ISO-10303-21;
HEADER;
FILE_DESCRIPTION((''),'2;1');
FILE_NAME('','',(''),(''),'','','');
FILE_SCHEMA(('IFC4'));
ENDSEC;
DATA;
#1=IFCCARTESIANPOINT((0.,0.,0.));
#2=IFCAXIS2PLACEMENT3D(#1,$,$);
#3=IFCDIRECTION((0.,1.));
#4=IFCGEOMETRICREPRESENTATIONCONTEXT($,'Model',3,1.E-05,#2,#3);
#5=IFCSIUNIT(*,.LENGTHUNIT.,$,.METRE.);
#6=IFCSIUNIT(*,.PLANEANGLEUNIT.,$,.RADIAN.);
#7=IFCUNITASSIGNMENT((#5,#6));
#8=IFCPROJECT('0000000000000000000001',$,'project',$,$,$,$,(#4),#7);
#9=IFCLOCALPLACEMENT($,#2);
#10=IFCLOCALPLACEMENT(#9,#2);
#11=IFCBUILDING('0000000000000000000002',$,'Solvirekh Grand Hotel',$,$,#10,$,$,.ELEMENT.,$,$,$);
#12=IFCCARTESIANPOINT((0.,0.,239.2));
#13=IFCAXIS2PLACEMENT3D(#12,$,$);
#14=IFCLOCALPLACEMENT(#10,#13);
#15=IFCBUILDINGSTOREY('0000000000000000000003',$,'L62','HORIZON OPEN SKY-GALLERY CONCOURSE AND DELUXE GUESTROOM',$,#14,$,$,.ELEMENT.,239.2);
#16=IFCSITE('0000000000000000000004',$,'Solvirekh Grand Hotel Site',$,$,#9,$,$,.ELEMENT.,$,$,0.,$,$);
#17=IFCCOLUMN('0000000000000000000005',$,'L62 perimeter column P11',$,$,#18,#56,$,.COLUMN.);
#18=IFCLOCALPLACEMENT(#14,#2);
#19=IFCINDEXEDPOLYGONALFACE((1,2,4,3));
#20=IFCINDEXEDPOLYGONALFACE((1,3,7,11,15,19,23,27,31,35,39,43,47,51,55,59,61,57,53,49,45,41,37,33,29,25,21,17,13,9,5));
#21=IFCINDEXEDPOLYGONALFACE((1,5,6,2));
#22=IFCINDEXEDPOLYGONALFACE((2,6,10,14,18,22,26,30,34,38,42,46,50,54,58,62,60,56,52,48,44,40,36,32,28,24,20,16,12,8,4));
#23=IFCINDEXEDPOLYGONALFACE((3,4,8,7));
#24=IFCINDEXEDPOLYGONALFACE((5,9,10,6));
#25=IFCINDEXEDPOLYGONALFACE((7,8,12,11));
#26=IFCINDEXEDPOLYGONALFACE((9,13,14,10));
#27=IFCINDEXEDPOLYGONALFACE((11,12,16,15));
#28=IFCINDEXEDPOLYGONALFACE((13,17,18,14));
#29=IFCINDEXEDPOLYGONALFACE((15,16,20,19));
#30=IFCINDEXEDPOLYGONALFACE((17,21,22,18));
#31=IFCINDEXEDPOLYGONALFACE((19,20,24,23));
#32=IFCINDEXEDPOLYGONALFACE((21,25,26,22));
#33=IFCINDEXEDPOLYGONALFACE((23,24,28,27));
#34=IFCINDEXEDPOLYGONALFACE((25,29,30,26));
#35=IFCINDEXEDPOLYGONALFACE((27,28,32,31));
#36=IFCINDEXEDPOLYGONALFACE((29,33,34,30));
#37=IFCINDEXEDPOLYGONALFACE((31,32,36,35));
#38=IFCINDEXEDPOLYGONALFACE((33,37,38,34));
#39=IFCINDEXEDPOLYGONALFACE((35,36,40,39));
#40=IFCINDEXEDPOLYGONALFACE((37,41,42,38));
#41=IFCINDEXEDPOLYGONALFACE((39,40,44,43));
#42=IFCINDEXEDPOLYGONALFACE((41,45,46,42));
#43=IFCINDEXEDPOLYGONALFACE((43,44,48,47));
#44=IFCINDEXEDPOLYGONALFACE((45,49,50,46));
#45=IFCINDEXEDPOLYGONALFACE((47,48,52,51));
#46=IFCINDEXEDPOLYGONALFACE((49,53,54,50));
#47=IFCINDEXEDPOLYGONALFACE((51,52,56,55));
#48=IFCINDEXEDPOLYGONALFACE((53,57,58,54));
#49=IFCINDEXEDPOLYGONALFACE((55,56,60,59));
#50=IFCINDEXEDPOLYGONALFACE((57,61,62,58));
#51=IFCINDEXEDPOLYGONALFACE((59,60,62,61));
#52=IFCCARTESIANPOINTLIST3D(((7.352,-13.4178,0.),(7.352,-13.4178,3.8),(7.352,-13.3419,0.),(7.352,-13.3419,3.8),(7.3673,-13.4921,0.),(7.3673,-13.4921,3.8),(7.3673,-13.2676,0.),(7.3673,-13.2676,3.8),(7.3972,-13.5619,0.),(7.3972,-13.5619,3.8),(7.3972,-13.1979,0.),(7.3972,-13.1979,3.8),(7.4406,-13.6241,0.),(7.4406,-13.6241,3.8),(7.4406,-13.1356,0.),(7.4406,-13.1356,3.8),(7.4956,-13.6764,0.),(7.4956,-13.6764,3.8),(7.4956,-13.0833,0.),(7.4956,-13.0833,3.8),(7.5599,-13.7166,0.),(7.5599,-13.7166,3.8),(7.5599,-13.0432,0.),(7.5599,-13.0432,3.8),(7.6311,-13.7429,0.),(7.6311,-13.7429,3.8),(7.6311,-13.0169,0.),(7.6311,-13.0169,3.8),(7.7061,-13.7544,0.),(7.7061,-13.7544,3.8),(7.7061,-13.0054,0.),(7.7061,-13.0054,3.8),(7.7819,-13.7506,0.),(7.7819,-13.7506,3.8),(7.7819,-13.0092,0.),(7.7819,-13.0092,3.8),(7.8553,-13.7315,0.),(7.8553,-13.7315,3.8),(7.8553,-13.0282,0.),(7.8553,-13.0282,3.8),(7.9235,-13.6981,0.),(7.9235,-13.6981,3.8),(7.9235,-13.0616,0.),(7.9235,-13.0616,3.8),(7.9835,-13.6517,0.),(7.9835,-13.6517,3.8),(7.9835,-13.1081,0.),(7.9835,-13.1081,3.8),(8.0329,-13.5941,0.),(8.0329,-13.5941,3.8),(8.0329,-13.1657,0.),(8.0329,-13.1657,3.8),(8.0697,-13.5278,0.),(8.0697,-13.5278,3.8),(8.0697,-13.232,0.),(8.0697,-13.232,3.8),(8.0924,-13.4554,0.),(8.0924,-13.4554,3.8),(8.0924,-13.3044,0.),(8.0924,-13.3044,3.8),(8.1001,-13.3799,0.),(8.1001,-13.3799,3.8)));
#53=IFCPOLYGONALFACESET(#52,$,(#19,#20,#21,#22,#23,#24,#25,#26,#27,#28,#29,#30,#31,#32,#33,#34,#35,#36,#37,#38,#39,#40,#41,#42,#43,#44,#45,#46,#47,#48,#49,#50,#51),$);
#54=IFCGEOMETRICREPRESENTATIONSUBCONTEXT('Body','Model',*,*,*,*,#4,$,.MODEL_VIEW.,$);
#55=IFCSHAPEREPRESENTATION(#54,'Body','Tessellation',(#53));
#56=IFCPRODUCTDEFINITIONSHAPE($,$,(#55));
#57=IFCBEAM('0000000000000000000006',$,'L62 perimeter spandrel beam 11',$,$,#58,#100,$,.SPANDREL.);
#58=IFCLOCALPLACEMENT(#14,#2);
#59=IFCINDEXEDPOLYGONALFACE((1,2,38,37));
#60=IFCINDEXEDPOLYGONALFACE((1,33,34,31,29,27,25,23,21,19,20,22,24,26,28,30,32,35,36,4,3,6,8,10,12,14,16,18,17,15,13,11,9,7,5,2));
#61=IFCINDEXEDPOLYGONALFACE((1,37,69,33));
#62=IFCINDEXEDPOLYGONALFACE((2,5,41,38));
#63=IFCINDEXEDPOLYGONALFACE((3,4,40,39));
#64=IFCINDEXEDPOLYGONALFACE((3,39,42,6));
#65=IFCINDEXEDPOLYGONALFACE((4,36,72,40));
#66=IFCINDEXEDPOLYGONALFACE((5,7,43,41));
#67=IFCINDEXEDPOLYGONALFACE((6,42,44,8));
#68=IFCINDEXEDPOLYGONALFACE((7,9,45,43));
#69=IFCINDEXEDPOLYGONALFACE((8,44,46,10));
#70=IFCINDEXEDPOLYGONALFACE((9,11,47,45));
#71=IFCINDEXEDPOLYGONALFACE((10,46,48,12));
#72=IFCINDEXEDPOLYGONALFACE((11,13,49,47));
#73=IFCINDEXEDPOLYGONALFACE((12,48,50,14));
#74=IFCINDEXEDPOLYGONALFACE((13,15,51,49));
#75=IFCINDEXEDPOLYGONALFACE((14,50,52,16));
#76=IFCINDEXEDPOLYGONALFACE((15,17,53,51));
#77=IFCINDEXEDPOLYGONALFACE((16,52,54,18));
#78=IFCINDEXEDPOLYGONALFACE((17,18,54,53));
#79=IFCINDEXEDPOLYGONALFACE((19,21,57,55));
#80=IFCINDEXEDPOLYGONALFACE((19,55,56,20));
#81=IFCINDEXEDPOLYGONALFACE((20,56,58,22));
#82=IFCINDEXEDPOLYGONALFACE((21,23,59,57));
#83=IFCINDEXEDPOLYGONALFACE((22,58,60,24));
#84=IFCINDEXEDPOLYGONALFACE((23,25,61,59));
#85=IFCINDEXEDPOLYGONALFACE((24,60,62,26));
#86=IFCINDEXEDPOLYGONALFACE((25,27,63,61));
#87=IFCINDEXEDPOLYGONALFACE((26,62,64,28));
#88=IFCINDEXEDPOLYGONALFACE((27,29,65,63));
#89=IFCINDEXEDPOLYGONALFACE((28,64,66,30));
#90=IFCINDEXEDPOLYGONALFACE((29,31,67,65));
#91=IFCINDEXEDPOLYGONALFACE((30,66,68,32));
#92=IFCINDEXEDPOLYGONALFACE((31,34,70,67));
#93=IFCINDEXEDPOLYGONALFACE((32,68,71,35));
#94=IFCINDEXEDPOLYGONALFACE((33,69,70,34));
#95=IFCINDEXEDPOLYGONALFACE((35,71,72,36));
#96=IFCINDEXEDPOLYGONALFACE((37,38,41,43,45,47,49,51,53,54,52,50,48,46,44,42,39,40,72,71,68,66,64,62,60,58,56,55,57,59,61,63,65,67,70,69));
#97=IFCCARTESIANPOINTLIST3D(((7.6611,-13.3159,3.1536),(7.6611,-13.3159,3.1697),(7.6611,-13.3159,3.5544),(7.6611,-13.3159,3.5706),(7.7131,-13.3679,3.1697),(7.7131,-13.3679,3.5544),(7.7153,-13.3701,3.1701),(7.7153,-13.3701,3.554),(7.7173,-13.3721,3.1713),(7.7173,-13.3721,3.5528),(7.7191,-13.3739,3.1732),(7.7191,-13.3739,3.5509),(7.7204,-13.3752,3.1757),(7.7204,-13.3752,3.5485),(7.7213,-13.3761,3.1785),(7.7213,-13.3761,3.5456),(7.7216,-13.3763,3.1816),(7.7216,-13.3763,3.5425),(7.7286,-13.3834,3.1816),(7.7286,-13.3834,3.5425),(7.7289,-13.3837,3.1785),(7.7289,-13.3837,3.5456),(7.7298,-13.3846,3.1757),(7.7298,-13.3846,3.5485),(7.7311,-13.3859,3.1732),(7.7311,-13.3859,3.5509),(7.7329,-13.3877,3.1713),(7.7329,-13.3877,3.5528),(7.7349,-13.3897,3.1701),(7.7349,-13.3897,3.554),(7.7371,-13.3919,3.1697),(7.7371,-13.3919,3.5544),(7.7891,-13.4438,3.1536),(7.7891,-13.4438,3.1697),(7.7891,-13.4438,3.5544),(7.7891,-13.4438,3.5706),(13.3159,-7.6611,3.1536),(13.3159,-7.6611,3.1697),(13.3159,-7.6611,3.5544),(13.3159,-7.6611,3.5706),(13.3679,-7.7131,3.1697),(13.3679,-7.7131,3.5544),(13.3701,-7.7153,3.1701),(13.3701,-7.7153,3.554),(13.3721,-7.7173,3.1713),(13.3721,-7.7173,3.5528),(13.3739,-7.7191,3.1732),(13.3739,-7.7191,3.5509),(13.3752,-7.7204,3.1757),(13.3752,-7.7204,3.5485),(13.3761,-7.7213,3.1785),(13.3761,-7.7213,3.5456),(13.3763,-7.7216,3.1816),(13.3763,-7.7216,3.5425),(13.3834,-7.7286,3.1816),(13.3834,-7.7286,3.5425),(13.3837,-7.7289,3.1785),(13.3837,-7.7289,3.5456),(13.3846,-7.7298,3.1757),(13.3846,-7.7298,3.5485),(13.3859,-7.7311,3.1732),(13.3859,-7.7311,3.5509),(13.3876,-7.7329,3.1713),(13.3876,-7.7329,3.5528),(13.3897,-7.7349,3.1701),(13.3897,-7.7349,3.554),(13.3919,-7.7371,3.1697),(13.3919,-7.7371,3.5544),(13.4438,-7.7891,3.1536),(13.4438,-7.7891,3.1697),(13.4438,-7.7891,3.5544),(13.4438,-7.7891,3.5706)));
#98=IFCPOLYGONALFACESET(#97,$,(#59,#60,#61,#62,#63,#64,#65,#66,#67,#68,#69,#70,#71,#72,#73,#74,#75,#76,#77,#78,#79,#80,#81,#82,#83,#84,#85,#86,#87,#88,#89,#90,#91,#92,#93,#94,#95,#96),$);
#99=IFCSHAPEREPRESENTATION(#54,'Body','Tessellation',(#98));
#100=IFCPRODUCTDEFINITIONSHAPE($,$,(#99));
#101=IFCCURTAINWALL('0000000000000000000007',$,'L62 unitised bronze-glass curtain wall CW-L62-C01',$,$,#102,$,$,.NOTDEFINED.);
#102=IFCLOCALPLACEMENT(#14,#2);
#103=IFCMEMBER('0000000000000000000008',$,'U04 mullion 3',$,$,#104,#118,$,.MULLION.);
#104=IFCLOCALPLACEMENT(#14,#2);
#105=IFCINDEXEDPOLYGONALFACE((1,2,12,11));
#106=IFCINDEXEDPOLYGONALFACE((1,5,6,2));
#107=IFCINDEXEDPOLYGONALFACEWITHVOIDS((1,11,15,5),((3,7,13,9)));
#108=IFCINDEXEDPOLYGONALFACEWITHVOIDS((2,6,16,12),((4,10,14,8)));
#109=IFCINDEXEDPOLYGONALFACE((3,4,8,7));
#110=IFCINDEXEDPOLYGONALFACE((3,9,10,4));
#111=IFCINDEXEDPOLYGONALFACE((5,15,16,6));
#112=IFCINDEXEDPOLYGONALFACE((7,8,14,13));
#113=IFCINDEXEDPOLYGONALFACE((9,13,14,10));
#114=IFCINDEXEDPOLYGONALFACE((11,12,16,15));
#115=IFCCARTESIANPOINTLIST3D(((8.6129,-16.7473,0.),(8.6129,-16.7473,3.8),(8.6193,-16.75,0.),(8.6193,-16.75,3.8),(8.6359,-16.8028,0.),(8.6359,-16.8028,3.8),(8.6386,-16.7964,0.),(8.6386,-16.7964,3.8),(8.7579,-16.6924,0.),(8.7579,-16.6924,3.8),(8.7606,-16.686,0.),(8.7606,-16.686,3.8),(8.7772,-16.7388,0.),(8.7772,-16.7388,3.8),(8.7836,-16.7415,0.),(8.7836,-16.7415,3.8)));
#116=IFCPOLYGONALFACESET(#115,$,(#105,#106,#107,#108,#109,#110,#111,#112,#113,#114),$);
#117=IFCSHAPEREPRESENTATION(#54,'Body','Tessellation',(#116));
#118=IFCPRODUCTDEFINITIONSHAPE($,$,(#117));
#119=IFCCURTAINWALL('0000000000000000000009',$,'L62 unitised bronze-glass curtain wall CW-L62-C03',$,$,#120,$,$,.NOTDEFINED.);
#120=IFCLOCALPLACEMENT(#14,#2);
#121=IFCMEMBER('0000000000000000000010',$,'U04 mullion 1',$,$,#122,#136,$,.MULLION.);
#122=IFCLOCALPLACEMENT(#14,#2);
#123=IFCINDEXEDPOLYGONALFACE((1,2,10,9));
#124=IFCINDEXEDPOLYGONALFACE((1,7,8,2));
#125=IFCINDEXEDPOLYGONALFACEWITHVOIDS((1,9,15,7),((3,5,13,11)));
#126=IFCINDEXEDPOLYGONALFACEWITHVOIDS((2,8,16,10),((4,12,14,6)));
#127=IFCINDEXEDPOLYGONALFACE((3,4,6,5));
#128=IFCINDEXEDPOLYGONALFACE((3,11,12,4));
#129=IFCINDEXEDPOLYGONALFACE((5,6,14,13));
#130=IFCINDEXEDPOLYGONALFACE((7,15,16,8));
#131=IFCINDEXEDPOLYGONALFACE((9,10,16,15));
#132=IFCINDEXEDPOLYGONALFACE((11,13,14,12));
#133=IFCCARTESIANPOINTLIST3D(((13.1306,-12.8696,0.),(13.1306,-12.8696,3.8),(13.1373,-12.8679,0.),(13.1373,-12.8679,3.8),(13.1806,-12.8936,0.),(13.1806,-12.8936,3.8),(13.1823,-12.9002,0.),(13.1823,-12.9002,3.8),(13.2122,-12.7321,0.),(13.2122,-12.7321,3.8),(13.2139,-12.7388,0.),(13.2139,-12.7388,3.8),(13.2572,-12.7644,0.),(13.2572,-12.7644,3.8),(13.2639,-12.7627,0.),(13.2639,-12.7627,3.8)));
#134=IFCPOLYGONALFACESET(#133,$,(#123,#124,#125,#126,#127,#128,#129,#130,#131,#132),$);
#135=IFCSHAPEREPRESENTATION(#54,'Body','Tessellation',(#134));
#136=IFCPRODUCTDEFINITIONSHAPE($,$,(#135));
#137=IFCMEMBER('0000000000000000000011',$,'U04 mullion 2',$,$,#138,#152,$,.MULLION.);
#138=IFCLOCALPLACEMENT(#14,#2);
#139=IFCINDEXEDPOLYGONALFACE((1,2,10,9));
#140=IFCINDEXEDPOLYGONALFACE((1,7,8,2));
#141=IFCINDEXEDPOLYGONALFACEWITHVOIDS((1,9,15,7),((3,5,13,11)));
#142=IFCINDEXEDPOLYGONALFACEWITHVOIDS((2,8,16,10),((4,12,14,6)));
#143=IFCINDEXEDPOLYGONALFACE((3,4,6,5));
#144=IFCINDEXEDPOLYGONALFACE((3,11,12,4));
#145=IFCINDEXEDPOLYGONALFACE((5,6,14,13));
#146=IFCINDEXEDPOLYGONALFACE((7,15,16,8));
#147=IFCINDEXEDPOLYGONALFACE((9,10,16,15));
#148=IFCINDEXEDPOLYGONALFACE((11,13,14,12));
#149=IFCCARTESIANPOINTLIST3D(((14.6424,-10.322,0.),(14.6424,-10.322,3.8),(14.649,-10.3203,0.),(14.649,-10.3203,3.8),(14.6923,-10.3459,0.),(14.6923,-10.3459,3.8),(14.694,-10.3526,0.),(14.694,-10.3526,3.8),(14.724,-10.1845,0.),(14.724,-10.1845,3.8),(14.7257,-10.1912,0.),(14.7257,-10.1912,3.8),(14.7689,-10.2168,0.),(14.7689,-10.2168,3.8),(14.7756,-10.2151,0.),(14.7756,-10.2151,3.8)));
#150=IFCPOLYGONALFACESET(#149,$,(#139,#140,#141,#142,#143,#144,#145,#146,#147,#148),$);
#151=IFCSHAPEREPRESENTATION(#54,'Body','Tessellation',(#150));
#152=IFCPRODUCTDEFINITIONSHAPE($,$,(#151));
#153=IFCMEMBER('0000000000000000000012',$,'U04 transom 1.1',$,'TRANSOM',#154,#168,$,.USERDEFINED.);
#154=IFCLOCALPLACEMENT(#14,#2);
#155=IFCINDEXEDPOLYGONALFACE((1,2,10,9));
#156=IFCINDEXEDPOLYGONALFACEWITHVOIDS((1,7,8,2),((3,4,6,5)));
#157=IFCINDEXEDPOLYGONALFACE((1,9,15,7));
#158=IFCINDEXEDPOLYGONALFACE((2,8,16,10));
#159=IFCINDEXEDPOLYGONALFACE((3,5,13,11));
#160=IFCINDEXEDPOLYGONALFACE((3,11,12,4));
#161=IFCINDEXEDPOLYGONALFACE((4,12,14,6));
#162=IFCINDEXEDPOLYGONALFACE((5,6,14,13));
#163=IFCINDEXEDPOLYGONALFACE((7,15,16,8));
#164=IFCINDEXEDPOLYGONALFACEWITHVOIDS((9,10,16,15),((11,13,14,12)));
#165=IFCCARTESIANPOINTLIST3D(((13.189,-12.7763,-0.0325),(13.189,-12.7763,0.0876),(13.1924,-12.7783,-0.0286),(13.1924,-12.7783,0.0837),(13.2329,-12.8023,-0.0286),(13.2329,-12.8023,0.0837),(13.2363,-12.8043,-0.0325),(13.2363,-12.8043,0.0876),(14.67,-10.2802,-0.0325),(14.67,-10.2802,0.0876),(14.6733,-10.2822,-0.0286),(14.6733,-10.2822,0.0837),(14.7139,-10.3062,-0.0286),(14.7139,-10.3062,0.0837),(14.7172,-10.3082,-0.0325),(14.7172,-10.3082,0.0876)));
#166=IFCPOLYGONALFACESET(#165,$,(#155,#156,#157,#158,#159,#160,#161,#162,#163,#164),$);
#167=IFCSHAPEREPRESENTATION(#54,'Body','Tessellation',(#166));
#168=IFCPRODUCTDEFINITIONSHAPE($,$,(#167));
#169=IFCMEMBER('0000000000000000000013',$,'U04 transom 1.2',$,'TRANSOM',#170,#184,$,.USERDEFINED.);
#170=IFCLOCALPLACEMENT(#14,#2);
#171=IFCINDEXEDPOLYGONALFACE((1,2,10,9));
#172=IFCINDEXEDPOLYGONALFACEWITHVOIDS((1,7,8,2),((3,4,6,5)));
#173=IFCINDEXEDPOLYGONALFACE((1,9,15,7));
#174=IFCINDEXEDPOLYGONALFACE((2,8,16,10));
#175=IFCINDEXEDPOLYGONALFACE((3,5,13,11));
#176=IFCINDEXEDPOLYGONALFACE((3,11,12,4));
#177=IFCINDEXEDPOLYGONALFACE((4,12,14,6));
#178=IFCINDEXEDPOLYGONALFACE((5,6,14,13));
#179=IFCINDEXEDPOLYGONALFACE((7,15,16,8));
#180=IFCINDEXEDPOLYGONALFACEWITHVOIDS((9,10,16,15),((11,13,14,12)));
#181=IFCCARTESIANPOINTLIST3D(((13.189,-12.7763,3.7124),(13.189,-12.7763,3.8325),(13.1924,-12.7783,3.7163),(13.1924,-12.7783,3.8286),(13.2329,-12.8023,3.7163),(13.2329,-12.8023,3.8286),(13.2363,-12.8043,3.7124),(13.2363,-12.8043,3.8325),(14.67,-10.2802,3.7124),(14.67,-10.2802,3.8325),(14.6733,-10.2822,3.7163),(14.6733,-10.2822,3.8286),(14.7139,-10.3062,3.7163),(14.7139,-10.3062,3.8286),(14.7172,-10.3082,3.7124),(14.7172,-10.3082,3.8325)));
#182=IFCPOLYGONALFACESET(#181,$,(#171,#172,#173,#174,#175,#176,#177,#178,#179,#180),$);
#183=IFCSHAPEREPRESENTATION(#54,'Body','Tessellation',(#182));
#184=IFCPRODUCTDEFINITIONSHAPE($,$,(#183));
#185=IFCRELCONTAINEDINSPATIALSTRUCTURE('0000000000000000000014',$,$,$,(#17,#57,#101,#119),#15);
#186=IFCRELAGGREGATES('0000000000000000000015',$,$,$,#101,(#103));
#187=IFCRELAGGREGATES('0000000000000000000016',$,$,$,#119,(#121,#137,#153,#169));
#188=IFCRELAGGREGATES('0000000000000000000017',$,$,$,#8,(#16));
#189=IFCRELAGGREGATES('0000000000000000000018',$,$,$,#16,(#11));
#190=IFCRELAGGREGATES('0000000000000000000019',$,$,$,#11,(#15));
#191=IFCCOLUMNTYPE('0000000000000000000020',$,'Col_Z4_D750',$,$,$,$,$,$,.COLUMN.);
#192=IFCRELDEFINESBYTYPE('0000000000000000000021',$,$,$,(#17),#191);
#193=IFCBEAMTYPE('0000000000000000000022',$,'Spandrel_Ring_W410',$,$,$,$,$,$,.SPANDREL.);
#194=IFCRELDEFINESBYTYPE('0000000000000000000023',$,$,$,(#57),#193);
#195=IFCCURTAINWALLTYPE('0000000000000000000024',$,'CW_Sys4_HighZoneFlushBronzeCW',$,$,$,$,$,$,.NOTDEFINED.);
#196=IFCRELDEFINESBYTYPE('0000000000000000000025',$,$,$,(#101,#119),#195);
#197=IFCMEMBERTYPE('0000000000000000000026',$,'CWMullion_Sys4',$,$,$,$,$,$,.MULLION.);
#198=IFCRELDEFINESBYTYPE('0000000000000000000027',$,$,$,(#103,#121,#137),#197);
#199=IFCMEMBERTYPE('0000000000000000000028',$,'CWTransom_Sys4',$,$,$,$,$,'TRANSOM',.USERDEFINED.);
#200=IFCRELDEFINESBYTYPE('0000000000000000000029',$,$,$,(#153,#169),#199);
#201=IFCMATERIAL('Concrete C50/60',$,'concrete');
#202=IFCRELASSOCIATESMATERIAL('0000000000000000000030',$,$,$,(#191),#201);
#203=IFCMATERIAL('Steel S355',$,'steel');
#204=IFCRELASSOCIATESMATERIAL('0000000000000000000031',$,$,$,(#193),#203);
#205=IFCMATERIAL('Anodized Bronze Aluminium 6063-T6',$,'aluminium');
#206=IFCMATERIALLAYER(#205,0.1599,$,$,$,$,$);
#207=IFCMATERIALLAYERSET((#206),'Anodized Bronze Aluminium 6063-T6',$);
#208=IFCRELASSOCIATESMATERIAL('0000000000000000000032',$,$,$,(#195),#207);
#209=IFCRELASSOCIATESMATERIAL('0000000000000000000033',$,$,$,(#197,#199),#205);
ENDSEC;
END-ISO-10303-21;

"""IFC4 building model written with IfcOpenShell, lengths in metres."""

from ifc_helpers import new_model, si_unit, direction, frame, origin, origin_2d, place, context, subcontext, project, spatial, hollow_rectangle, circle, i_section, extrude, source, transform, mapped, material, layer, layer_set, material_profile, profile_set, type_object, element, aggregate, save


model = new_model("IFC4")

# Units and contexts
model_context = context("Model", 3, precision=1e-05, world=origin(), true_north=direction((0.0, 1.0)))
body_context = subcontext(model_context, "Body", "Model", "MODEL_VIEW")
ifc_project = project(units=[si_unit("LENGTHUNIT", "METRE"), si_unit("PLANEANGLEUNIT", "RADIAN")], contexts=[model_context])

# Site, building, storey
site_placement = place(None, origin())
site = spatial("IfcSite", under=ifc_project, at=site_placement, Name="Solvirekh Grand Hotel Site", CompositionType="ELEMENT", RefElevation=0.0)
building_placement = place(site_placement, origin())
building = spatial("IfcBuilding", under=site, at=building_placement, Name="Solvirekh Grand Hotel", CompositionType="ELEMENT")
storey_placement = place(building_placement, frame((0.0, 0.0, 239.2)))
storey = spatial("IfcBuildingStorey", under=building, at=storey_placement, Name="L62", Description="HORIZON OPEN SKY-GALLERY CONCOURSE AND DELUXE GUESTROOM", CompositionType="ELEMENT", Elevation=239.2)

# Column
ifc_material_1 = material(Name="Concrete C50/60", Category="concrete")
ifc_material_profile_1 = material_profile(ifc_material_1, circle(Radius=0.375, at=origin_2d()), Name="RC CIRC D750")
ifc_profile_set_1 = profile_set([ifc_material_profile_1], Name="Concrete C50/60")
column_type = type_object("IfcColumnType", Name="Col_Z4_D750", PredefinedType="COLUMN", material=ifc_profile_set_1)
column_placement = place(storey_placement, frame((7.7251, -13.3799, 0.0), z_axis=(0.0, 0.0, 1.0), x_axis=(1.0, 0.0, 0.0)))
element("IfcColumn", 1, at=column_placement, inside=storey, type_object=column_type, Name="L62 perimeter column P11", PredefinedType="COLUMN", context=body_context, shape_type="SweptSolid", body=[
    extrude(circle(Radius=0.375, at=origin_2d()), origin(), (0.0, 0.0, 1.0), 3.8),
])

# Beam
ifc_material_2 = material(Name="Steel S355", Category="steel")
ifc_material_profile_2 = material_profile(ifc_material_2, i_section(OverallWidth=0.1809, OverallDepth=0.417, WebThickness=0.01, FlangeThickness=0.0161, FilletRadius=0.012, at=origin_2d()), Name="W410X85")
ifc_profile_set_2 = profile_set([ifc_material_profile_2], Name="Steel S355")
beam_type = type_object("IfcBeamType", Name="Spandrel_Ring_W410", PredefinedType="SPANDREL", material=ifc_profile_set_2)
beam_placement = place(storey_placement, frame((7.7251, -13.3799, 3.3621), z_axis=(0.707107, 0.707107, 0.0), x_axis=(-0.707107, 0.707107, 0.0)))
element("IfcBeam", 2, at=beam_placement, inside=storey, type_object=beam_type, Name="L62 perimeter spandrel beam 11", PredefinedType="SPANDREL", context=body_context, shape_type="SweptSolid", body=[
    extrude(i_section(OverallWidth=0.1809, OverallDepth=0.417, WebThickness=0.01, FlangeThickness=0.0161, FilletRadius=0.012, at=origin_2d()), origin(), (0.0, 0.0, 1.0), 7.9971),
])

# Curtain wall, member
ifc_material_3 = material(Name="Anodized Bronze Aluminium 6063-T6", Category="aluminium")
ifc_layer_1 = layer(ifc_material_3, 0.1599)
ifc_layer_set_1 = layer_set([ifc_layer_1], Name="Anodized Bronze Aluminium 6063-T6")
curtain_wall_type = type_object("IfcCurtainWallType", Name="CW_Sys4_HighZoneFlushBronzeCW", PredefinedType="NOTDEFINED", material=ifc_layer_set_1)
curtain_wall_1_placement = place(storey_placement, origin())
curtain_wall_1 = element("IfcCurtainWall", 3, at=curtain_wall_1_placement, inside=storey, type_object=curtain_wall_type, Name="L62 unitised bronze-glass curtain wall CW-L62-C01", PredefinedType="NOTDEFINED")
ifc_material_profile_3 = material_profile(ifc_material_3, hollow_rectangle(XDim=0.0601, YDim=0.1599, WallThickness=0.0049, at=origin_2d()), Name="ALU RHS 160X60X5")
ifc_profile_set_3 = profile_set([ifc_material_profile_3], Name="Anodized Bronze Aluminium 6063-T6")
member_type_1 = type_object("IfcMemberType", Name="CWMullion_Sys4", PredefinedType="MULLION", material=ifc_profile_set_3)
shared_shape_1 = source(origin(), body_context, "Body", "SweptSolid", [
    extrude(hollow_rectangle(XDim=0.0601, YDim=0.1599, WallThickness=0.0049, at=origin_2d()), origin(), (0.0, 0.0, 1.0), 3.8),
])
member_1_placement = place(storey_placement, frame((8.6982, -16.7444, 0.0), z_axis=(0.0, 0.0, 1.0), x_axis=(-0.383515, 0.923535, 0.0)))
member_1 = element("IfcMember", 4, at=member_1_placement, type_object=member_type_1, Name="U04 mullion 3", PredefinedType="MULLION", context=body_context, shape_type="MappedRepresentation", body=[
    mapped(shared_shape_1, transform((0.0, 0.0, 0.0), x_axis=(1.0, 0.0, 0.0), y_axis=(0.0, 1.0, 0.0), z_axis=(0.0, 0.0, 1.0), scale=1.0)),
])

# Curtain wall, members
curtain_wall_2_placement = place(storey_placement, origin())
curtain_wall_2 = element("IfcCurtainWall", 5, at=curtain_wall_2_placement, inside=storey, type_object=curtain_wall_type, Name="L62 unitised bronze-glass curtain wall CW-L62-C03", PredefinedType="NOTDEFINED")
member_2_placement = place(storey_placement, frame((13.1973, -12.8162, 0.0), z_axis=(0.0, 0.0, 1.0), x_axis=(-0.860004, 0.510288, 0.0)))
member_2 = element("IfcMember", 6, at=member_2_placement, type_object=member_type_1, Name="U04 mullion 1", PredefinedType="MULLION", context=body_context, shape_type="MappedRepresentation", body=[
    mapped(shared_shape_1, transform((0.0, 0.0, 0.0), x_axis=(1.0, 0.0, 0.0), y_axis=(0.0, 1.0, 0.0), z_axis=(0.0, 0.0, 1.0), scale=1.0)),
])
member_3_placement = place(storey_placement, frame((14.709, -10.2686, 0.0), z_axis=(0.0, 0.0, 1.0), x_axis=(-0.860004, 0.510288, 0.0)))
member_3 = element("IfcMember", 7, at=member_3_placement, type_object=member_type_1, Name="U04 mullion 2", PredefinedType="MULLION", context=body_context, shape_type="MappedRepresentation", body=[
    mapped(shared_shape_1, transform((0.0, 0.0, 0.0), x_axis=(1.0, 0.0, 0.0), y_axis=(0.0, 1.0, 0.0), z_axis=(0.0, 0.0, 1.0), scale=1.0)),
])
ifc_material_profile_4 = material_profile(ifc_material_3, hollow_rectangle(XDim=0.0549, YDim=0.1201, WallThickness=0.0039, at=origin_2d()), Name="ALU RHS 120X55X4")
ifc_profile_set_4 = profile_set([ifc_material_profile_4], Name="Anodized Bronze Aluminium 6063-T6")
member_type_2 = type_object("IfcMemberType", Name="CWTransom_Sys4", ElementType="TRANSOM", PredefinedType="USERDEFINED", material=ifc_profile_set_4)
shared_shape_2 = source(origin(), body_context, "Body", "SweptSolid", [
    extrude(hollow_rectangle(XDim=0.0549, YDim=0.1201, WallThickness=0.0039, at=origin_2d()), origin(), (0.0, 0.0, 1.0), 2.9023),
])
member_4_placement = place(storey_placement, frame((13.2126, -12.7903, 0.0276), z_axis=(0.510259, 0.860021, 0.0), x_axis=(-0.860021, 0.510259, 0.0)))
member_4 = element("IfcMember", 8, at=member_4_placement, type_object=member_type_2, Name="U04 transom 1.1", ObjectType="TRANSOM", PredefinedType="USERDEFINED", context=body_context, shape_type="MappedRepresentation", body=[
    mapped(shared_shape_2, transform((0.0, 0.0, 0.0), x_axis=(1.0, 0.0, 0.0), y_axis=(0.0, 1.0, 0.0), z_axis=(0.0, 0.0, 1.0), scale=1.0)),
])
member_5_placement = place(storey_placement, frame((13.2126, -12.7903, 3.7725), z_axis=(0.510259, 0.860021, 0.0), x_axis=(-0.860021, 0.510259, 0.0)))
member_5 = element("IfcMember", 9, at=member_5_placement, type_object=member_type_2, Name="U04 transom 1.2", ObjectType="TRANSOM", PredefinedType="USERDEFINED", context=body_context, shape_type="MappedRepresentation", body=[
    mapped(shared_shape_2, transform((0.0, 0.0, 0.0), x_axis=(1.0, 0.0, 0.0), y_axis=(0.0, 1.0, 0.0), z_axis=(0.0, 0.0, 1.0), scale=1.0)),
])

aggregate(curtain_wall_1, [member_1])
aggregate(curtain_wall_2, [member_2, member_3, member_4, member_5])

save(model, "model.ifc")
